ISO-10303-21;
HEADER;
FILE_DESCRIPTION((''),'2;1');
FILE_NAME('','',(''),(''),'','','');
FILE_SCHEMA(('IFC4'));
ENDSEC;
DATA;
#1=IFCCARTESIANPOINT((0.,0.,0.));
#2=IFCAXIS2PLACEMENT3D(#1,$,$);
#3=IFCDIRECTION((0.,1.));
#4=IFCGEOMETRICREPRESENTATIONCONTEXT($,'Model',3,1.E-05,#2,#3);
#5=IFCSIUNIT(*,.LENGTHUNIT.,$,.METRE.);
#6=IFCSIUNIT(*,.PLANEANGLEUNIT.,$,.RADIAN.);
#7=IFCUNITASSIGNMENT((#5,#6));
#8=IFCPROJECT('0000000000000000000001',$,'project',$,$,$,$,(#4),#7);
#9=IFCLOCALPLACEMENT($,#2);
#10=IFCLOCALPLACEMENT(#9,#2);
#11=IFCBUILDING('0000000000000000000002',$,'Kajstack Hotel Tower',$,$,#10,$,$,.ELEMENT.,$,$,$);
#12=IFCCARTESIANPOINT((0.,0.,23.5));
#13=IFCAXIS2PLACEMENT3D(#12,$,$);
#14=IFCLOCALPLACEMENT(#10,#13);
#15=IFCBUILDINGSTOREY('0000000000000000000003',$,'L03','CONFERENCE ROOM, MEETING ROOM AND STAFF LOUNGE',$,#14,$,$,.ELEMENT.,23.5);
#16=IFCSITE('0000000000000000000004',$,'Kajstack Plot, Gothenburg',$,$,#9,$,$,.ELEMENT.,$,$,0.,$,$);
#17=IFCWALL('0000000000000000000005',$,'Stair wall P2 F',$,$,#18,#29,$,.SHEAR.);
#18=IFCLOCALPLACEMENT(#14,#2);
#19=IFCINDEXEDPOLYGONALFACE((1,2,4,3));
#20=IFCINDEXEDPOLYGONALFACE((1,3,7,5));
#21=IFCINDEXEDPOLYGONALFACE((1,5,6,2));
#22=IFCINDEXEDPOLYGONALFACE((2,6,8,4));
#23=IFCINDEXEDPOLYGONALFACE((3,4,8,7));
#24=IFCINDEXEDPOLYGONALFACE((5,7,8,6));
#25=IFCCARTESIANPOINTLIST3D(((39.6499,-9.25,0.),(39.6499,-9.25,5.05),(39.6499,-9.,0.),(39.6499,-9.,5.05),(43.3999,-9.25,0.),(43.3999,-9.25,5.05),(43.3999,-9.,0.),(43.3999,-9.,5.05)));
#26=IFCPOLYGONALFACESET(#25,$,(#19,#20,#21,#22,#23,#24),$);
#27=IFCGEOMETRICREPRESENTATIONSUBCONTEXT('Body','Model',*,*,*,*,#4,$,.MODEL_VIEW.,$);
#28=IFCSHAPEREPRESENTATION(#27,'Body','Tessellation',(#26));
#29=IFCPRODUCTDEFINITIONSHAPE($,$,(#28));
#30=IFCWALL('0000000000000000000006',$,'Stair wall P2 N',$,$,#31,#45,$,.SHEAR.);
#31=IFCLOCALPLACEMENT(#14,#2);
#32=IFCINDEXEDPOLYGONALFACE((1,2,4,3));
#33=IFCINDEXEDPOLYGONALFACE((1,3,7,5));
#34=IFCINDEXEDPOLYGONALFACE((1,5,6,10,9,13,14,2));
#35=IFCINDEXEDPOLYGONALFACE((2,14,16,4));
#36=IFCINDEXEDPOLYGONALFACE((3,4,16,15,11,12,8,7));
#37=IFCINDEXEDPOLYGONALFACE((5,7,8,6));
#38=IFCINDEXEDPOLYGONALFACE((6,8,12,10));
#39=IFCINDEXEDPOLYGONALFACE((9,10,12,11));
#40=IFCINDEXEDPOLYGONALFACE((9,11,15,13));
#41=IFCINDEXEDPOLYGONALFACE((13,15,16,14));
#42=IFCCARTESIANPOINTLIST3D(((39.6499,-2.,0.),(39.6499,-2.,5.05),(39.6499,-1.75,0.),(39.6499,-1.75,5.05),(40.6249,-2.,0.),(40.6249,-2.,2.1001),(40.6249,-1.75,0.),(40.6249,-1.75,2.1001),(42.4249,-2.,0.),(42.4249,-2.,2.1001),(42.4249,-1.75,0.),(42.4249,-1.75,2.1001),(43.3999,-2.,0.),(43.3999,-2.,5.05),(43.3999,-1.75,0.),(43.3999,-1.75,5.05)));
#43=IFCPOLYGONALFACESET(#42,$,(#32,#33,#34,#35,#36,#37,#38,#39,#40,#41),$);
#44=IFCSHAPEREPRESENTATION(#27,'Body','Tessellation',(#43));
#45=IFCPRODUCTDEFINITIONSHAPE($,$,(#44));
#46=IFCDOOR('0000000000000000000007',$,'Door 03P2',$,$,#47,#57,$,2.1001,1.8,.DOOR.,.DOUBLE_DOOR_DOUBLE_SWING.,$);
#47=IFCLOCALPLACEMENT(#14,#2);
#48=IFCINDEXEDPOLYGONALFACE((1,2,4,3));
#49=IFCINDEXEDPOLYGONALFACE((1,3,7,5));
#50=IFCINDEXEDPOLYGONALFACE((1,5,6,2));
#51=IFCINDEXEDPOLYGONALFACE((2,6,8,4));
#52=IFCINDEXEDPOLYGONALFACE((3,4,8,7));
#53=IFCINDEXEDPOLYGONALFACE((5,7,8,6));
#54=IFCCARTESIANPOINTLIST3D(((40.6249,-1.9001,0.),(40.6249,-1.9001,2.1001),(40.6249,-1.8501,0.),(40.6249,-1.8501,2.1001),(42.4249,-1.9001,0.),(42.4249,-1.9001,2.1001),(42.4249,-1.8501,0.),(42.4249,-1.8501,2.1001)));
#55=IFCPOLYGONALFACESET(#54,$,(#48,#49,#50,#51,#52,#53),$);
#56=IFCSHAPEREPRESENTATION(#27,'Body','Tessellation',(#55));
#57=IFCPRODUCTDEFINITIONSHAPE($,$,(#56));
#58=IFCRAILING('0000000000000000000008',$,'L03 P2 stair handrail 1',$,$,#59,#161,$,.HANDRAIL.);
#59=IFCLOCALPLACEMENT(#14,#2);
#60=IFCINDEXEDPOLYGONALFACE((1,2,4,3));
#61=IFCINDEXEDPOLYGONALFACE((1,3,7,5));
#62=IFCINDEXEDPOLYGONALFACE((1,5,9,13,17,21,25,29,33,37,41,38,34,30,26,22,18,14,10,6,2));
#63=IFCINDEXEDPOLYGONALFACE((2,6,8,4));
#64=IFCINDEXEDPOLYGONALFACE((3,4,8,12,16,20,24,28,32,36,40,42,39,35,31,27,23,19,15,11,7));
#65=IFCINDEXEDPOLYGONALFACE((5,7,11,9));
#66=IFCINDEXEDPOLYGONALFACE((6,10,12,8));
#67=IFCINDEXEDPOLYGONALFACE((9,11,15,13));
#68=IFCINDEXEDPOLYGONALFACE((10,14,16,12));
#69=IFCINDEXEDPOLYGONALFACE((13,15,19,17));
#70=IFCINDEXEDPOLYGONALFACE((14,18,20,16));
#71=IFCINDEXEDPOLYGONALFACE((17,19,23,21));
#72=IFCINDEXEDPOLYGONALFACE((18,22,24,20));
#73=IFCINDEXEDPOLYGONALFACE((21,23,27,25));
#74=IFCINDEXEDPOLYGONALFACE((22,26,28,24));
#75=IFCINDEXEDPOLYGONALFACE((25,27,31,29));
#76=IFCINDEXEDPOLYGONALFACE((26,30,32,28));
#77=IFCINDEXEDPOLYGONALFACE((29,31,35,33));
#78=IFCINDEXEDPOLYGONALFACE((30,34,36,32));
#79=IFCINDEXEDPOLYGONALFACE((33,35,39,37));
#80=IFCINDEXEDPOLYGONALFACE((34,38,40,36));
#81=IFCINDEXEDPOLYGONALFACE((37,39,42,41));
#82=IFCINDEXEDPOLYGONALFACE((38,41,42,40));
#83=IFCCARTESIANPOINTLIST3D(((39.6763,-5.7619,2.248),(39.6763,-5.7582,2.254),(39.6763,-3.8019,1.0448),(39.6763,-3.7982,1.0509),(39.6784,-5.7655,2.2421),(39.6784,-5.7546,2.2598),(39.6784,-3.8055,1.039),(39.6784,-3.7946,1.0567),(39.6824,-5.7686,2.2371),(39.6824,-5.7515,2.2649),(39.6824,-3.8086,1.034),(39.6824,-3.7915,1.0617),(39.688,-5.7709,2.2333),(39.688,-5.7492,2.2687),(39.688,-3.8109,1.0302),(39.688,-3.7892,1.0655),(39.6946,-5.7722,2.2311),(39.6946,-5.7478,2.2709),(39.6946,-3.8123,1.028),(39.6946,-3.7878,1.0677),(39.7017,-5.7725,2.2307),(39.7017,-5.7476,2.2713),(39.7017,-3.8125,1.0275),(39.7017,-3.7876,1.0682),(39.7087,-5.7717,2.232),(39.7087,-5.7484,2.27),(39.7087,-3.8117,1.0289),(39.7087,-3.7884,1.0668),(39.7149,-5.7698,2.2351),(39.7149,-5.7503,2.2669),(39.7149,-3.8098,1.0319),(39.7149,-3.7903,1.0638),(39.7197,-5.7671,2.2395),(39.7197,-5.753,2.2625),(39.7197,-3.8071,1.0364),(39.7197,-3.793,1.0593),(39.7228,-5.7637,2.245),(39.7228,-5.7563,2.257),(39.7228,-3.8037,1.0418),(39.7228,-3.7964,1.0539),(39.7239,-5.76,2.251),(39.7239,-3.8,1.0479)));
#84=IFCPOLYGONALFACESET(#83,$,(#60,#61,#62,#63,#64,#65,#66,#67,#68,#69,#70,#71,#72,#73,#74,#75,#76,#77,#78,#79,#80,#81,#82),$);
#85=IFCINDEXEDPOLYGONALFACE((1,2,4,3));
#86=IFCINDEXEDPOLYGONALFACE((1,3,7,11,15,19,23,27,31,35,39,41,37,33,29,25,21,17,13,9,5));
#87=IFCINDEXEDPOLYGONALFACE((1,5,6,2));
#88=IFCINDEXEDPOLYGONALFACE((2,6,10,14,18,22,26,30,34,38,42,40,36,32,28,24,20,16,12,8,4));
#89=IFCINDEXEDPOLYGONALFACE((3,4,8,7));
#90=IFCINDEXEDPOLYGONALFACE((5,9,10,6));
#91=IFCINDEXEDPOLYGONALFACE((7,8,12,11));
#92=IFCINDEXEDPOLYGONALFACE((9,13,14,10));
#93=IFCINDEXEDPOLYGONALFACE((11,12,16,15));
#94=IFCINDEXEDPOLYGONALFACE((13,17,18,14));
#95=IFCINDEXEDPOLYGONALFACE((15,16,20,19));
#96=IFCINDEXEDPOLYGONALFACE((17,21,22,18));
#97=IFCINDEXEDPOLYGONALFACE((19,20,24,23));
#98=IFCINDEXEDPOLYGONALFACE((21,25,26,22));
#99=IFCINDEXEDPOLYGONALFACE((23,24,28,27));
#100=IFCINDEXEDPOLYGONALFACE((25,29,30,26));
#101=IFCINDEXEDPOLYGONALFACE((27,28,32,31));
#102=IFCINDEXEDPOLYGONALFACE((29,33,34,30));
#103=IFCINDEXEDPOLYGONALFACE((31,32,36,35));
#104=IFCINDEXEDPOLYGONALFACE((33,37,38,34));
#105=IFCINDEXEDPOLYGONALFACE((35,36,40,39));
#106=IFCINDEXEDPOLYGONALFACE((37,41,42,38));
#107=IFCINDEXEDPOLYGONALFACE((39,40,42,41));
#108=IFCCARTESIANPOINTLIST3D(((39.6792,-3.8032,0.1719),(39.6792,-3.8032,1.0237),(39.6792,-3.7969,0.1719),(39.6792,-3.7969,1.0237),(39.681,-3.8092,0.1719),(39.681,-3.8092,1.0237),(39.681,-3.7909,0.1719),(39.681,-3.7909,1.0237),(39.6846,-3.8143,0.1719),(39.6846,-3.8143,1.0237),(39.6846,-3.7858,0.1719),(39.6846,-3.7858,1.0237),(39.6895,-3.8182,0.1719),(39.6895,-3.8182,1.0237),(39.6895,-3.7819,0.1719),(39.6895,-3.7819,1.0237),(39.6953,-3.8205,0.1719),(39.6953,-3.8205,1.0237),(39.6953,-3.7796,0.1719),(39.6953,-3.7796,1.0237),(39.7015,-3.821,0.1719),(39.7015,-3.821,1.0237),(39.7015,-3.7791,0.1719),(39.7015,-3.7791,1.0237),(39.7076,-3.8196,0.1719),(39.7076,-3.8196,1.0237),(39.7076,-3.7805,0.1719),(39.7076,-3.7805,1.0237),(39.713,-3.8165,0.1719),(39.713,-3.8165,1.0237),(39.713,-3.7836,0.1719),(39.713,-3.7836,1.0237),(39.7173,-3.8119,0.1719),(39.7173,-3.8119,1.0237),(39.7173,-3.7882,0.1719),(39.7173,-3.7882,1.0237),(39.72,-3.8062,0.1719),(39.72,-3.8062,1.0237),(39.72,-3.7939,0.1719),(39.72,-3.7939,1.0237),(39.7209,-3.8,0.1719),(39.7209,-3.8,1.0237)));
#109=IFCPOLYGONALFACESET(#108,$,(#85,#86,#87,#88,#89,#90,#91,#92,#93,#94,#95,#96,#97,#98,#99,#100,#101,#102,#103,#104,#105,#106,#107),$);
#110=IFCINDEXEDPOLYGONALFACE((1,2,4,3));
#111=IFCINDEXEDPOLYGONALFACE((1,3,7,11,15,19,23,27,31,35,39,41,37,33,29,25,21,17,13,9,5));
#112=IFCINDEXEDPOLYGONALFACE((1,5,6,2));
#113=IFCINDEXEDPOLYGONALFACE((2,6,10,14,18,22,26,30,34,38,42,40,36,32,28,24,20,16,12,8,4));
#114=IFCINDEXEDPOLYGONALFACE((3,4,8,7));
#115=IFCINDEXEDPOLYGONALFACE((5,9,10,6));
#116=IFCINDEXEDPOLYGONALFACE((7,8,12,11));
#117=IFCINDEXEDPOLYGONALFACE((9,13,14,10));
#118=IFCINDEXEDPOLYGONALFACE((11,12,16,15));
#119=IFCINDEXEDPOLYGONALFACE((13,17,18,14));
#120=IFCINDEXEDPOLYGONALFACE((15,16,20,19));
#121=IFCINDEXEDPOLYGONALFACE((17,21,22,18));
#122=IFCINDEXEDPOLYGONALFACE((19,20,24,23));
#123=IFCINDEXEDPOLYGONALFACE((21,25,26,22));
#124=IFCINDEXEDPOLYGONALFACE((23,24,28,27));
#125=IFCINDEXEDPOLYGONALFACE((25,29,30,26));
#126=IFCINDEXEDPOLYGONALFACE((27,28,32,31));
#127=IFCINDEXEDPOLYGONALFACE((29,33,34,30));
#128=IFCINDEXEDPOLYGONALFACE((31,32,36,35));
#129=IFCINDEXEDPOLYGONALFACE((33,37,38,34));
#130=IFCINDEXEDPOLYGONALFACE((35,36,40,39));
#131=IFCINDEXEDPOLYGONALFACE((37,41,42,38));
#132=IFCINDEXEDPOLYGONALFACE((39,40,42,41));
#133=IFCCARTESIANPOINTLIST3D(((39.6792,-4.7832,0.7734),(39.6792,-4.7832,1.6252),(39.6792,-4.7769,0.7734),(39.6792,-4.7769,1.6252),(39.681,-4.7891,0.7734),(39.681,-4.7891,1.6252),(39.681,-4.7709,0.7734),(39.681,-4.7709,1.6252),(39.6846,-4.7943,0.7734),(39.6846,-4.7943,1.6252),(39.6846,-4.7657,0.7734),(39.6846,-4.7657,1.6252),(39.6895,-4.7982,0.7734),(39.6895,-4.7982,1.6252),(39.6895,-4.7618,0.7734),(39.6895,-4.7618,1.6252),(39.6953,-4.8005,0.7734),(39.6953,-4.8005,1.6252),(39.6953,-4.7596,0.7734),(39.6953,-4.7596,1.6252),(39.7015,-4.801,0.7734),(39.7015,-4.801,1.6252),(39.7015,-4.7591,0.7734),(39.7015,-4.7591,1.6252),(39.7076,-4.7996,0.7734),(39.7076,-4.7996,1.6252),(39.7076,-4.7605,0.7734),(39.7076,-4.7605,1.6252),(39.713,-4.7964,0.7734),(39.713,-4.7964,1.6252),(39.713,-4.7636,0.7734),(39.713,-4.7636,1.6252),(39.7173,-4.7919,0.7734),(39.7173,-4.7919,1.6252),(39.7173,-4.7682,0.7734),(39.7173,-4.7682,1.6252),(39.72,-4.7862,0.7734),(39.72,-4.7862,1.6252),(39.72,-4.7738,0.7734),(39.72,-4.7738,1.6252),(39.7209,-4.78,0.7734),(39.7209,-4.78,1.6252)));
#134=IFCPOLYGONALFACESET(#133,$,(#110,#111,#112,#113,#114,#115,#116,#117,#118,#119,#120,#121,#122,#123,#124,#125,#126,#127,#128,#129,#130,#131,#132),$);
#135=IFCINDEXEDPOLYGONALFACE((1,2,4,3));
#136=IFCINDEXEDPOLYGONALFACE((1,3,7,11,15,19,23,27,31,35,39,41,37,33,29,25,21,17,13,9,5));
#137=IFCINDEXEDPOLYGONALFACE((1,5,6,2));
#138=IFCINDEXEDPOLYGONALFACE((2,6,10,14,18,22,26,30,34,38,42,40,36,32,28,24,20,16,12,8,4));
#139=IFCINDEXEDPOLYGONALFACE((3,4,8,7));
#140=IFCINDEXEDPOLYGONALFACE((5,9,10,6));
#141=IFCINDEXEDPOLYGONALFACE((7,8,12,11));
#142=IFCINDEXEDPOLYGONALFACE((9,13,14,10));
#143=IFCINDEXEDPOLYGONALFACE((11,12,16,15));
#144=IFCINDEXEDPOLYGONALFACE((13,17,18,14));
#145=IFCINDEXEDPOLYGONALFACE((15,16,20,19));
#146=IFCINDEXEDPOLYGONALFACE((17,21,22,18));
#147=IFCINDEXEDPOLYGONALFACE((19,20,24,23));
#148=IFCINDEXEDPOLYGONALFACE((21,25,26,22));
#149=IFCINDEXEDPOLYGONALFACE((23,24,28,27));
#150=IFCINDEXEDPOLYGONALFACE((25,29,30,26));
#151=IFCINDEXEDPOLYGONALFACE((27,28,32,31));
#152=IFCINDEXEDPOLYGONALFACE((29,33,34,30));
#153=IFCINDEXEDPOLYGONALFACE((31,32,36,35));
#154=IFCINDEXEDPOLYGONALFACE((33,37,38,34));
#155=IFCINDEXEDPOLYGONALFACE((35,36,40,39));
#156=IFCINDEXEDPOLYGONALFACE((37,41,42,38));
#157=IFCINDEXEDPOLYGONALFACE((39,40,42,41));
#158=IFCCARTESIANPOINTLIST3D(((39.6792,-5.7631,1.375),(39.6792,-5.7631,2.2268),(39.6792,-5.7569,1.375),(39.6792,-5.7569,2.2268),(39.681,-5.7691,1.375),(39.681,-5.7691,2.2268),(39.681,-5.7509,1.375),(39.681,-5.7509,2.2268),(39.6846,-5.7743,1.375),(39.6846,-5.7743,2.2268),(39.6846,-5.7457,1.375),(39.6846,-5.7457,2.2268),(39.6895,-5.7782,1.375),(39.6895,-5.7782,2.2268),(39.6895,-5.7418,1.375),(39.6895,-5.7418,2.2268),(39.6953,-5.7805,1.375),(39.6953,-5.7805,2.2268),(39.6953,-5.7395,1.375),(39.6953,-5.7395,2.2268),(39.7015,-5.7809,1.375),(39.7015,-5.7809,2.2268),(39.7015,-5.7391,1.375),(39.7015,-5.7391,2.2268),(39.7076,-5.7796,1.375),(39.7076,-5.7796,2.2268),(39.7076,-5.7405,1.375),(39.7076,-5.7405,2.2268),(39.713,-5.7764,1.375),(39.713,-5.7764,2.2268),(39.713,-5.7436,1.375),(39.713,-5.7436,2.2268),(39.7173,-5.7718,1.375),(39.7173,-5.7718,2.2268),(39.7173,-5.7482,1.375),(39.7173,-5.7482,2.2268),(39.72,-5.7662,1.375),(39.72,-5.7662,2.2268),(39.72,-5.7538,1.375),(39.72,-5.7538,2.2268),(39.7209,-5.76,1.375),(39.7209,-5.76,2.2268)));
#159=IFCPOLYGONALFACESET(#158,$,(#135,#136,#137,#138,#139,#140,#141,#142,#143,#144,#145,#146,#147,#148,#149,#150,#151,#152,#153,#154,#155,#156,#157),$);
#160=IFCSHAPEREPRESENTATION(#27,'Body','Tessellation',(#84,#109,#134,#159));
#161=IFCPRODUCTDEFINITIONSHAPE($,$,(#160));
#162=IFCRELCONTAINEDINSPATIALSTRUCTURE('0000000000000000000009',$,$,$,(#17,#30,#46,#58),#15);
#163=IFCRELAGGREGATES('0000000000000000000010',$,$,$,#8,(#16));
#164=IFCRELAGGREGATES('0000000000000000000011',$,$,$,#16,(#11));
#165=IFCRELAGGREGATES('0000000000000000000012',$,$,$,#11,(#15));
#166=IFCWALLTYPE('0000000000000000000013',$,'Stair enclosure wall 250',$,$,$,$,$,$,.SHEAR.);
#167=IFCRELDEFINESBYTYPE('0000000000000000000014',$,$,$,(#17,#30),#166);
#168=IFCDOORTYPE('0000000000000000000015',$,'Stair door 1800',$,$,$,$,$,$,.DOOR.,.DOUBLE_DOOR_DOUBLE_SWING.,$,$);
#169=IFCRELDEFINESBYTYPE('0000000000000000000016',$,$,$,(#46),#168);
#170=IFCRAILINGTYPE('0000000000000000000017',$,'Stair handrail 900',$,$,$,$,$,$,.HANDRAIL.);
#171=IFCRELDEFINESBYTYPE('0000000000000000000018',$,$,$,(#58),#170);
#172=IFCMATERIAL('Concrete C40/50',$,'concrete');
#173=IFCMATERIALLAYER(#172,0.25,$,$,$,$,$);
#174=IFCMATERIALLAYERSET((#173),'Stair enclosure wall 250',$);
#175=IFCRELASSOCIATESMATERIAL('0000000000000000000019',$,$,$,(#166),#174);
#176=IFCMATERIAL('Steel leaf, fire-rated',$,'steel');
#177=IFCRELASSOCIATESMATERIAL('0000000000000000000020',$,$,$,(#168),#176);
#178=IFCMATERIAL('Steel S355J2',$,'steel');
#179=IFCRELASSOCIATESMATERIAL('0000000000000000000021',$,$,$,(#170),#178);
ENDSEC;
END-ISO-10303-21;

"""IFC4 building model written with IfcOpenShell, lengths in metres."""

from ifc_helpers import new_model, si_unit, direction, frame, frame_2d, origin, origin_2d, place, context, subcontext, project, spatial, rectangle, circle, extrude, material, layer, layer_set, type_object, element, fill, save


model = new_model("IFC4")

# Units and contexts
model_context = context("Model", 3, precision=1e-05, world=origin(), true_north=direction((0.0, 1.0)))
body_context = subcontext(model_context, "Body", "Model", "MODEL_VIEW")
ifc_project = project(units=[si_unit("LENGTHUNIT", "METRE"), si_unit("PLANEANGLEUNIT", "RADIAN")], contexts=[model_context])

# Site, building, storey
site_placement = place(None, origin())
site = spatial("IfcSite", under=ifc_project, at=site_placement, Name="Kajstack Plot, Gothenburg", CompositionType="ELEMENT", RefElevation=0.0)
building_placement = place(site_placement, origin())
building = spatial("IfcBuilding", under=site, at=building_placement, Name="Kajstack Hotel Tower", CompositionType="ELEMENT")
storey_placement = place(building_placement, frame((0.0, 0.0, 23.5)))
storey = spatial("IfcBuildingStorey", under=building, at=storey_placement, Name="L03", Description="CONFERENCE ROOM, MEETING ROOM AND STAFF LOUNGE", CompositionType="ELEMENT", Elevation=23.5)

# Wall
ifc_material_1 = material(Name="Concrete C40/50", Category="concrete")
ifc_layer_1 = layer(ifc_material_1, 0.25)
ifc_layer_set_1 = layer_set([ifc_layer_1], Name="Stair enclosure wall 250")
wall_type_1 = type_object("IfcWallType", Name="Stair enclosure wall 250", PredefinedType="SHEAR", material=ifc_layer_set_1)
wall_1_placement = place(storey_placement, frame((39.6499, -9.125, 0.0), z_axis=(0.0, 0.0, 1.0), x_axis=(1.0, 0.0, 0.0)))
element("IfcWall", 1, at=wall_1_placement, inside=storey, type_object=wall_type_1, Name="Stair wall P2 F", PredefinedType="SHEAR", context=body_context, shape_type="SweptSolid", body=[
    extrude(rectangle(XDim=3.75, YDim=0.25, at=frame_2d((1.875, 0.0))), origin(), (0.0, 0.0, 1.0), 5.05),
])

# Wall, opening, door
wall_2_placement = place(storey_placement, frame((39.6499, -1.875, 0.0), z_axis=(0.0, 0.0, 1.0), x_axis=(1.0, 0.0, 0.0)))
wall_2 = element("IfcWall", 2, at=wall_2_placement, inside=storey, type_object=wall_type_1, Name="Stair wall P2 N", PredefinedType="SHEAR", context=body_context, shape_type="SweptSolid", body=[
    extrude(rectangle(XDim=3.75, YDim=0.25, at=frame_2d((1.875, 0.0))), origin(), (0.0, 0.0, 1.0), 5.05),
])
opening_1_placement = place(wall_2_placement, frame((0.9751, 0.0, 0.0)))
opening_1 = element("IfcOpeningElement", 3, at=opening_1_placement, cuts=wall_2, PredefinedType="OPENING", context=body_context, shape_type="SweptSolid", body=[
    extrude(rectangle(XDim=1.8, YDim=2.1001, at=frame_2d((0.8999, 1.05))), frame((0.0, 0.135, 0.0), z_axis=(0.0, -1.0, 0.0), x_axis=(1.0, 0.0, 0.0)), (0.0, 0.0, 1.0), 0.27),
])
ifc_material_2 = material(Name="Steel leaf, fire-rated", Category="steel")
door_type = type_object("IfcDoorType", Name="Stair door 1800", OperationType="DOUBLE_DOOR_DOUBLE_SWING", PredefinedType="DOOR", material=ifc_material_2)
door_placement = place(opening_1_placement, origin())
door = element("IfcDoor", 4, at=door_placement, inside=storey, type_object=door_type, Name="Door 03P2", OperationType="DOUBLE_DOOR_DOUBLE_SWING", OverallHeight=2.1001, OverallWidth=1.8, PredefinedType="DOOR", context=body_context, shape_type="SweptSolid", body=[
    extrude(rectangle(XDim=1.8, YDim=2.1001, at=frame_2d((0.8999, 1.05))), frame((0.0, 0.0249, 0.0), z_axis=(0.0, -1.0, 0.0), x_axis=(1.0, 0.0, 0.0)), (0.0, 0.0, 1.0), 0.05),
])
fill(opening_1, door)

# Railing
ifc_material_3 = material(Name="Steel S355J2", Category="steel")
railing_type_1 = type_object("IfcRailingType", Name="Stair handrail 900", PredefinedType="HANDRAIL", material=ifc_material_3)
railing_1_placement = place(storey_placement, frame((39.7, -3.8, 0.1719)))
element("IfcRailing", 5, at=railing_1_placement, inside=storey, type_object=railing_type_1, Name="L03 P2 stair handrail 1", PredefinedType="HANDRAIL", context=body_context, shape_type="SweptSolid", body=[
    extrude(circle(Radius=0.0239, at=origin_2d()), frame((0.0, 0.0, 0.876), z_axis=(0.0, -0.852241, 0.523149), x_axis=(1.0, 0.0, 0.0)), (0.0, 0.0, 1.0), 2.2998),
    extrude(circle(Radius=0.021, at=origin_2d()), origin(), (0.0, 0.0, 1.0), 0.8518),
    extrude(circle(Radius=0.021, at=origin_2d()), frame((0.0, -0.98, 0.6016)), (0.0, 0.0, 1.0), 0.8518),
    extrude(circle(Radius=0.021, at=origin_2d()), frame((0.0, -1.96, 1.2031)), (0.0, 0.0, 1.0), 0.8518),
])

save(model, "model.ifc")
